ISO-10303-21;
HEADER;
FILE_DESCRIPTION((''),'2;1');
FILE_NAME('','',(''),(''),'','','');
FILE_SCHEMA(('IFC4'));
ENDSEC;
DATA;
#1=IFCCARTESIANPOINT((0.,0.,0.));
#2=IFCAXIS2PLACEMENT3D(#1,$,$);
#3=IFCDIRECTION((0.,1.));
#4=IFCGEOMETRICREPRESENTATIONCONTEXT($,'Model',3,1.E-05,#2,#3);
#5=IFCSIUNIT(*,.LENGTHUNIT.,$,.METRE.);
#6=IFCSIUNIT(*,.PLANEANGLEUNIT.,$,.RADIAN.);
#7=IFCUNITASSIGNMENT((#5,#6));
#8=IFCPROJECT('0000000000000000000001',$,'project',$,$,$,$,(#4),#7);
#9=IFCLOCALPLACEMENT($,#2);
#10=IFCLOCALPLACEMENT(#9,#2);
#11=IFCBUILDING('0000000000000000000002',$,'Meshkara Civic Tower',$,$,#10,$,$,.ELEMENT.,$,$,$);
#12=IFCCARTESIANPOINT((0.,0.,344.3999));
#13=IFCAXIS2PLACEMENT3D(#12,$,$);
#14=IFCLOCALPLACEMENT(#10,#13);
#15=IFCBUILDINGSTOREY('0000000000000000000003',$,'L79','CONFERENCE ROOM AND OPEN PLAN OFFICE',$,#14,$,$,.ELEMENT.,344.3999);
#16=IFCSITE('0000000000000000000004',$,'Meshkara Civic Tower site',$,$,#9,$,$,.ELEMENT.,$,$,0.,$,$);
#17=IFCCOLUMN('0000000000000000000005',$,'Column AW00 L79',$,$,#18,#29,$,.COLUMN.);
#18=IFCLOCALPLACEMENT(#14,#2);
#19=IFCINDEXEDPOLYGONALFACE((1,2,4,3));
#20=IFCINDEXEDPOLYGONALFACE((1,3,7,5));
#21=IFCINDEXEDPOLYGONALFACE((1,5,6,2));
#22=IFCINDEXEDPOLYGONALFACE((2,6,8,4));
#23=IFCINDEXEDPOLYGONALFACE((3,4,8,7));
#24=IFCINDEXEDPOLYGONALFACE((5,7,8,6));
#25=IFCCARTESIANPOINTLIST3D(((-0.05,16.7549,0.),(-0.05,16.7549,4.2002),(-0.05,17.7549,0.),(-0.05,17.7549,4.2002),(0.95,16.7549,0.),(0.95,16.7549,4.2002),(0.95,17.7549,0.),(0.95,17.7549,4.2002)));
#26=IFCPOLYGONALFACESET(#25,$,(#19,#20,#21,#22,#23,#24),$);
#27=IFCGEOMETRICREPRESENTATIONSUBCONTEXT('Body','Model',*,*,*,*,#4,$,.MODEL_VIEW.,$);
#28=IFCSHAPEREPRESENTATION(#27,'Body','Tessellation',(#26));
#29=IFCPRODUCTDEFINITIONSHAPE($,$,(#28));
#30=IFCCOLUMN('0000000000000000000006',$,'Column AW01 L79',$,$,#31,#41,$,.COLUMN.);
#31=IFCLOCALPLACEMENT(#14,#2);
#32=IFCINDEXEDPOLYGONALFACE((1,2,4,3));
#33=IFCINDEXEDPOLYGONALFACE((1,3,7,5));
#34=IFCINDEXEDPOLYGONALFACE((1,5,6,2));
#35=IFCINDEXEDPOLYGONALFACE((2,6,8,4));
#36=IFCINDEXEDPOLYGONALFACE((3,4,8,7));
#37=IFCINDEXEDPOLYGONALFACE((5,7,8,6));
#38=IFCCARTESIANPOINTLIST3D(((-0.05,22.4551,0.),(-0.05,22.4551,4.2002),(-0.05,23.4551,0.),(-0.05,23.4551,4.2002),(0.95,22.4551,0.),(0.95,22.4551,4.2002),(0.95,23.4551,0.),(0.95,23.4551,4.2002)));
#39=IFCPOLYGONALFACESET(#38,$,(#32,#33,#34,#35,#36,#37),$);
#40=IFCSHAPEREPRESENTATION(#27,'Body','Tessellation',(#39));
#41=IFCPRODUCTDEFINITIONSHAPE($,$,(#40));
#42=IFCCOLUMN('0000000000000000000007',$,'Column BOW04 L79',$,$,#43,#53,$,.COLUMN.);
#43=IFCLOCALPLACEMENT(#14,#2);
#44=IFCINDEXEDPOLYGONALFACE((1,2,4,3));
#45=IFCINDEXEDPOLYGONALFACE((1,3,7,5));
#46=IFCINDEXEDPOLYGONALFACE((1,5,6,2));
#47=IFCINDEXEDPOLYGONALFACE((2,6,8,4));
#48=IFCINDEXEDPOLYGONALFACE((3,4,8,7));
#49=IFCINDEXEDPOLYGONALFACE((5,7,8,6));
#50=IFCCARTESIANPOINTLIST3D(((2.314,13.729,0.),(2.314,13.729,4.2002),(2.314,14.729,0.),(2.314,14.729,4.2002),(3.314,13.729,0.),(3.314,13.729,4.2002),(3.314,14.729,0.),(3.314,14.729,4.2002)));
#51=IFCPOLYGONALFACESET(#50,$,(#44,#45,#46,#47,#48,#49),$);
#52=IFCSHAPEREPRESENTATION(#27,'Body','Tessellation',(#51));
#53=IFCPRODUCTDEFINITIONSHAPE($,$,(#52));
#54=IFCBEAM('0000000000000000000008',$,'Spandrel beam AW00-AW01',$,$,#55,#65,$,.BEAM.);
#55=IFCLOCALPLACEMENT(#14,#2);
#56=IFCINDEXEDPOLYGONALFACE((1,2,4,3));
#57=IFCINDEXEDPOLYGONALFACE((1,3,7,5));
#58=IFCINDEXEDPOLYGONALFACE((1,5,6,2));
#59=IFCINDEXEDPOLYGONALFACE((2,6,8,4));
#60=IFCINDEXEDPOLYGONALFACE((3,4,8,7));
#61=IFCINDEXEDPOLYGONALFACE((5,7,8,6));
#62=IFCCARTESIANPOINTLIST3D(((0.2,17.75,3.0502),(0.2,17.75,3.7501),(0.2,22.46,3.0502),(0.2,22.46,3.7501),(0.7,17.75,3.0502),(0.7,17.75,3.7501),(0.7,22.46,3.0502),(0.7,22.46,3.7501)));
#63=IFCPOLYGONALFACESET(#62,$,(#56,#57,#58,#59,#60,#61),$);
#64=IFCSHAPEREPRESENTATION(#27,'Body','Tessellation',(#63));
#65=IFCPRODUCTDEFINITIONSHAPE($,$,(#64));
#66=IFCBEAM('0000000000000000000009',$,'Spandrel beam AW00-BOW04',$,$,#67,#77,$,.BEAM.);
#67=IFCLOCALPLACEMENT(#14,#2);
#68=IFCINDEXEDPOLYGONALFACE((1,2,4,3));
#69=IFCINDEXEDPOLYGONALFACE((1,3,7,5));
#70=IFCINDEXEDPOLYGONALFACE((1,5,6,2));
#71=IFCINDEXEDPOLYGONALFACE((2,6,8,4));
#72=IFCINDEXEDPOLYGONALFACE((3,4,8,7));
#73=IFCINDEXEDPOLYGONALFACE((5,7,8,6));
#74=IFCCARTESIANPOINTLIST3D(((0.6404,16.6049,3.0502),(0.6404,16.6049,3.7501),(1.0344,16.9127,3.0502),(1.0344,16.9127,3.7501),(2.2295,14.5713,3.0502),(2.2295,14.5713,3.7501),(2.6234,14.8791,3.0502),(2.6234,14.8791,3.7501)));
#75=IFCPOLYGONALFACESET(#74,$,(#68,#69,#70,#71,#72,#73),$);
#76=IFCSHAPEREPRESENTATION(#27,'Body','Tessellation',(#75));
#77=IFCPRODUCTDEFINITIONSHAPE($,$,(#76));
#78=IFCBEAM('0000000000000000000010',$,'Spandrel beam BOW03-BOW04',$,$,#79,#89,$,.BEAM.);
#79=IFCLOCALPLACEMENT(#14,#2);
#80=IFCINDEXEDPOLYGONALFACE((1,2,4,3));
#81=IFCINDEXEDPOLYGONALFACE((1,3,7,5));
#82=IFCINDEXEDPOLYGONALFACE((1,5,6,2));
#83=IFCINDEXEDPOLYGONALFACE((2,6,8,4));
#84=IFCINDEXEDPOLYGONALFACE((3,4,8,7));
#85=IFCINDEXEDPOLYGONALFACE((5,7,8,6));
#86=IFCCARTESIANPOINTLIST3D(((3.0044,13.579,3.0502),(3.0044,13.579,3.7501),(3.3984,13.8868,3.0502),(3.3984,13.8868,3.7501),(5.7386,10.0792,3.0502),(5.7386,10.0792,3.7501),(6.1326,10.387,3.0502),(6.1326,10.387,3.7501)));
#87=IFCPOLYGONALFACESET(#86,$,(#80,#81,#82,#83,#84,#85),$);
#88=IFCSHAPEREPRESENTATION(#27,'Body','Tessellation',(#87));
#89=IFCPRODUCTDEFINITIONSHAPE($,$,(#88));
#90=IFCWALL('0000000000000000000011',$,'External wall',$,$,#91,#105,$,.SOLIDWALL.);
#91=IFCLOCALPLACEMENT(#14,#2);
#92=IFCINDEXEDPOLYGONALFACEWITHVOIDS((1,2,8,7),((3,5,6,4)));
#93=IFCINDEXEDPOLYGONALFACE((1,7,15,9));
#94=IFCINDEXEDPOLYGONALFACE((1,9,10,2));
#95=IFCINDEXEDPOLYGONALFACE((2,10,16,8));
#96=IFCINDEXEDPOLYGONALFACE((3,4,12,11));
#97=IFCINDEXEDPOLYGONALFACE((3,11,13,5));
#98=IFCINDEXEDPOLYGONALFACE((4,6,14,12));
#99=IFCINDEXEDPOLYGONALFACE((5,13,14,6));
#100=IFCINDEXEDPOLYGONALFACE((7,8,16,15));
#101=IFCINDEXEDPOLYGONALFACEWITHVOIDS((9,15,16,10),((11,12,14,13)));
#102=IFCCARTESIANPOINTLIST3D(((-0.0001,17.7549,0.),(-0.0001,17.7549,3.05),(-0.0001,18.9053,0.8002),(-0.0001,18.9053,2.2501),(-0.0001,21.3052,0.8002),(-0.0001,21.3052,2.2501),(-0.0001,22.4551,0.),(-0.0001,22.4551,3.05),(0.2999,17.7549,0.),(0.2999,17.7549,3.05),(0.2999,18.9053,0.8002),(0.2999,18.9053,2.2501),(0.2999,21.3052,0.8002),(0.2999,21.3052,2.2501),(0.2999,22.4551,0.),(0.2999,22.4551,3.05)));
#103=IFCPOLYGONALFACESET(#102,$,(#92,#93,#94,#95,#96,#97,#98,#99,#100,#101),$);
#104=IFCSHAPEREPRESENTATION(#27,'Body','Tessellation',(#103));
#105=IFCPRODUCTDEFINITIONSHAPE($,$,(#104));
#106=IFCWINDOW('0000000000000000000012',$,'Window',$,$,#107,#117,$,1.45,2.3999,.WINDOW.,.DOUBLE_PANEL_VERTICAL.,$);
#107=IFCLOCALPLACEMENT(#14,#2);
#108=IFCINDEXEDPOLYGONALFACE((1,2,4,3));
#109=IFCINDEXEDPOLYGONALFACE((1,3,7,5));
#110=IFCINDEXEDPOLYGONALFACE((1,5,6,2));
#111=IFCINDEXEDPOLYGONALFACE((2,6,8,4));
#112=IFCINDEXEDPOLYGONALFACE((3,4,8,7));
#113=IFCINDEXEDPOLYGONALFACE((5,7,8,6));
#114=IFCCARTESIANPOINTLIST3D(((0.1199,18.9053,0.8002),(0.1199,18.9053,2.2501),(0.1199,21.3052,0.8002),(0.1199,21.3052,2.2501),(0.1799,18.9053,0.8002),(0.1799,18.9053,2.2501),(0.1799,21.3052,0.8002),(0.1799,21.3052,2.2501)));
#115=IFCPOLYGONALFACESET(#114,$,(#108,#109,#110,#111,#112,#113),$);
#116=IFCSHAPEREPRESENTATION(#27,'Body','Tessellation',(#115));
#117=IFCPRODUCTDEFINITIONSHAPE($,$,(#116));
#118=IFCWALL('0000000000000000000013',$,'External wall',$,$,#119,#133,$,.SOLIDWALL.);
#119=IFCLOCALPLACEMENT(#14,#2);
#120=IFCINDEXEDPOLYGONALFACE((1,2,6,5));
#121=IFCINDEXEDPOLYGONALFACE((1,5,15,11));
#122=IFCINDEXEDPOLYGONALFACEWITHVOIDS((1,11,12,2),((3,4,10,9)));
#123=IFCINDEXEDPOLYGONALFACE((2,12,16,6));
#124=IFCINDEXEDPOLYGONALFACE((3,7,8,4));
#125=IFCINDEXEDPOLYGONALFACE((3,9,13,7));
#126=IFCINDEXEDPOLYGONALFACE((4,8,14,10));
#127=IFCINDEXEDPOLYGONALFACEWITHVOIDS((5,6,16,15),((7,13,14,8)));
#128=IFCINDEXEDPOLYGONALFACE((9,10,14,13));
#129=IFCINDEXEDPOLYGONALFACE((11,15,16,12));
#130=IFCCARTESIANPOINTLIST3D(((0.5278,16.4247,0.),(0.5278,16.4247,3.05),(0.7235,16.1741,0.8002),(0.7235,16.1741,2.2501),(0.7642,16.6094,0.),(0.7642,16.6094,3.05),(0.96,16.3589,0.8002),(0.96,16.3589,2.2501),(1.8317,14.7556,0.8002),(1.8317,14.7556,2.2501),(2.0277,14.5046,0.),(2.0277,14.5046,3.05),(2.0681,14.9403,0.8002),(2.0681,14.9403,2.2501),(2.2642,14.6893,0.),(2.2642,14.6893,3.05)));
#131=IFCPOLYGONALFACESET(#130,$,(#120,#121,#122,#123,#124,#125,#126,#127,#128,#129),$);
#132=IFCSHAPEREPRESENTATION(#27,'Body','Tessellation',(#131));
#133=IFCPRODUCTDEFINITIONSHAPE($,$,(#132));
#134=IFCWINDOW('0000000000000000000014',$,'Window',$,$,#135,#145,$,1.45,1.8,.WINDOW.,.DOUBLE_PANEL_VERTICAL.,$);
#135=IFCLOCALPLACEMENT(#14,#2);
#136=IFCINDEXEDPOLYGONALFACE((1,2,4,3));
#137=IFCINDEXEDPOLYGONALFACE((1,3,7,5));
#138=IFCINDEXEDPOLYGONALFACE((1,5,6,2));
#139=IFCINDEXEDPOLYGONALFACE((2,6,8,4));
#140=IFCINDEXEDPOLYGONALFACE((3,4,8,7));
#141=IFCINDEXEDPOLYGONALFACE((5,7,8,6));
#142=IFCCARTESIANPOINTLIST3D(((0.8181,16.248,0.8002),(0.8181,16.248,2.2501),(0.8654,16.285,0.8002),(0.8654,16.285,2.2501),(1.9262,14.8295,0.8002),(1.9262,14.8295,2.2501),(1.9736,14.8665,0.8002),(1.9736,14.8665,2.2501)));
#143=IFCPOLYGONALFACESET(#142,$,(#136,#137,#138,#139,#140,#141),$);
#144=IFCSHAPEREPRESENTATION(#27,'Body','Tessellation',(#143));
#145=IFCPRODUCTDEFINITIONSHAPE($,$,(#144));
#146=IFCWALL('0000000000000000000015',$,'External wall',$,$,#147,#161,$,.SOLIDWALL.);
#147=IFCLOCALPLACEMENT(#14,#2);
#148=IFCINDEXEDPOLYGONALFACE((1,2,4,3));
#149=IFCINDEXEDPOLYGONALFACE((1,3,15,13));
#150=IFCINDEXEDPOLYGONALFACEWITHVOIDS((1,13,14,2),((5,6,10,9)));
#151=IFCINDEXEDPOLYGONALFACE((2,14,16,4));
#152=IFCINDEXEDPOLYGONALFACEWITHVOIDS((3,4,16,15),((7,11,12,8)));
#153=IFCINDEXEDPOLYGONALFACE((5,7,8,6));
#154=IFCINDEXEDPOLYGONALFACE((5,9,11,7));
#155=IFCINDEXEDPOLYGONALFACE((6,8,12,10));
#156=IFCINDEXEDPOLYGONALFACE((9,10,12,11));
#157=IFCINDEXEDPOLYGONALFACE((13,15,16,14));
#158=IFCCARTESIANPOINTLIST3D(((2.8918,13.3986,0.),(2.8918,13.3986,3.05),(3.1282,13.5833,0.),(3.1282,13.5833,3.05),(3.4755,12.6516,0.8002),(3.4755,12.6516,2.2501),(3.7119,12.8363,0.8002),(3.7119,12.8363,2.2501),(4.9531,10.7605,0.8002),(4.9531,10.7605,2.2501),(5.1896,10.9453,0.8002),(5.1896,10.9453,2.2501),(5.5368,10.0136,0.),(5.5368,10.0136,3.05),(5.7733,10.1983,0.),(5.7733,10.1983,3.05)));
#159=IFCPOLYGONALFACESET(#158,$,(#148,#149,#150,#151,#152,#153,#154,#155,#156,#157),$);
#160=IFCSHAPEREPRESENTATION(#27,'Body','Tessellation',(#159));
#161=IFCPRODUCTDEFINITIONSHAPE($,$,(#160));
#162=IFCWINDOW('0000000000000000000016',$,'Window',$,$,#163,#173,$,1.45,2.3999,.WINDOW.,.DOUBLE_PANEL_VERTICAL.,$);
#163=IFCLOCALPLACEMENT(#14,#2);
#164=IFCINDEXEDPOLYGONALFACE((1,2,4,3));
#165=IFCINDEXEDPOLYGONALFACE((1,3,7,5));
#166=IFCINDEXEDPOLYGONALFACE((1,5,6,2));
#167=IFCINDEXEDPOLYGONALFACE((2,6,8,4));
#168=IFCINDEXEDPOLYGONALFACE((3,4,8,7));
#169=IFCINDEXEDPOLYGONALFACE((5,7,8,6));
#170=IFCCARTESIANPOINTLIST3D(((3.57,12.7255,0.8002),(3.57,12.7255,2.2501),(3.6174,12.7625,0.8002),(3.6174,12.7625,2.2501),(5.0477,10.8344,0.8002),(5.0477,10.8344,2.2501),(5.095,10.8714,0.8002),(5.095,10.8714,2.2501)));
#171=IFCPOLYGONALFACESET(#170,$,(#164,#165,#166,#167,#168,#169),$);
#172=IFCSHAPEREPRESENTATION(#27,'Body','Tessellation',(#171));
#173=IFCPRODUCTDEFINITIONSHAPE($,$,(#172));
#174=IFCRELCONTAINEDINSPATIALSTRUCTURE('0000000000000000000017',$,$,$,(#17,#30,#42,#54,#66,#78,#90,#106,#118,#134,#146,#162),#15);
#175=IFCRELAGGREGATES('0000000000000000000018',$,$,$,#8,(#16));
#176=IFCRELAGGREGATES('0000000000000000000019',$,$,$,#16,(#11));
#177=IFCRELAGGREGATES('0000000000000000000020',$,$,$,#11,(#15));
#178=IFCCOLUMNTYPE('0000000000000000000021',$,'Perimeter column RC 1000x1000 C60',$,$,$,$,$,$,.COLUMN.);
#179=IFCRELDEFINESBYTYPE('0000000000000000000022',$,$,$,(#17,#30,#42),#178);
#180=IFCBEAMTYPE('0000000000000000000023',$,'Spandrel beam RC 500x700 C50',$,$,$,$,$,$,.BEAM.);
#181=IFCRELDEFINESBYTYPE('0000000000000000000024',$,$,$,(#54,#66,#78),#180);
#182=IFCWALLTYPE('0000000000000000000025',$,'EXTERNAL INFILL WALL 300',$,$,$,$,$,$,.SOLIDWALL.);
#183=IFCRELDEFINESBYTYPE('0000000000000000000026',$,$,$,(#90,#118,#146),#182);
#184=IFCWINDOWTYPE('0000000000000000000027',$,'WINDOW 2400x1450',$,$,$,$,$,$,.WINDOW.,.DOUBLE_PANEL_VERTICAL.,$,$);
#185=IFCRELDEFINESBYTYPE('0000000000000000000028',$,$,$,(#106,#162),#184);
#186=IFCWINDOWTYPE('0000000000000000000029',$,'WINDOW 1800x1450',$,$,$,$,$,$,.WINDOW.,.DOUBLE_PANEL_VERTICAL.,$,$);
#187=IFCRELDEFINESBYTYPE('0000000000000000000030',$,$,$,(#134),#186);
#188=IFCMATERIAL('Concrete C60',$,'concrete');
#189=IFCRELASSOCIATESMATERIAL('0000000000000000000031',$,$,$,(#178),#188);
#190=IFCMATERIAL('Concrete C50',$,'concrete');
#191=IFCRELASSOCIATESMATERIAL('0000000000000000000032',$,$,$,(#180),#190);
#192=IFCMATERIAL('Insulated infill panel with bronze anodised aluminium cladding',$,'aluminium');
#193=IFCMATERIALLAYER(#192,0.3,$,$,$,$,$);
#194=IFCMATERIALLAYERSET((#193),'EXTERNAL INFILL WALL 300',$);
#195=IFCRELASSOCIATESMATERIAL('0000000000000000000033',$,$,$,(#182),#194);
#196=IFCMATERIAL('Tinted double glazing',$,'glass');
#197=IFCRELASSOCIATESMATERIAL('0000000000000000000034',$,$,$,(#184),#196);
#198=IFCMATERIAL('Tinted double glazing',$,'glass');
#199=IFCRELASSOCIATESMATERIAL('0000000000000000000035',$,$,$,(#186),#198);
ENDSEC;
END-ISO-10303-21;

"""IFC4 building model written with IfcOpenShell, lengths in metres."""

from ifc_helpers import new_model, si_unit, direction, frame, frame_2d, origin, origin_2d, place, context, subcontext, project, spatial, rectangle, extrude, material, layer, layer_set, material_profile, profile_set, type_object, element, fill, save


model = new_model("IFC4")

# Units and contexts
model_context = context("Model", 3, precision=1e-05, world=origin(), true_north=direction((0.0, 1.0)))
body_context = subcontext(model_context, "Body", "Model", "MODEL_VIEW")
ifc_project = project(units=[si_unit("LENGTHUNIT", "METRE"), si_unit("PLANEANGLEUNIT", "RADIAN")], contexts=[model_context])

# Site, building, storey
site_placement = place(None, origin())
site = spatial("IfcSite", under=ifc_project, at=site_placement, Name="Meshkara Civic Tower site", CompositionType="ELEMENT", RefElevation=0.0)
building_placement = place(site_placement, origin())
building = spatial("IfcBuilding", under=site, at=building_placement, Name="Meshkara Civic Tower", CompositionType="ELEMENT")
storey_placement = place(building_placement, frame((0.0, 0.0, 344.3999)))
storey = spatial("IfcBuildingStorey", under=building, at=storey_placement, Name="L79", Description="CONFERENCE ROOM AND OPEN PLAN OFFICE", CompositionType="ELEMENT", Elevation=344.3999)

# Columns
ifc_material_1 = material(Name="Concrete C60", Category="concrete")
ifc_material_profile_1 = material_profile(ifc_material_1, rectangle(XDim=1.0, YDim=1.0, at=origin_2d()))
ifc_profile_set_1 = profile_set([ifc_material_profile_1], Name="Concrete C60")
column_type = type_object("IfcColumnType", Name="Perimeter column RC 1000x1000 C60", PredefinedType="COLUMN", material=ifc_profile_set_1)
for number, where, z_axis, x_axis, name in (
    (1, (0.45, 17.2549, 0.0), (0.0, 0.0, 1.0), (1.0, 0.0, 0.0), "Column AW00 L79"),
    (2, (0.45, 22.9551, 0.0), (0.0, 0.0, 1.0), (1.0, 0.0, 0.0), "Column AW01 L79"),
    (3, (2.814, 14.229, 0.0), (0.0, 0.0, 1.0), (1.0, 0.0, 0.0), "Column BOW04 L79"),
):
    element("IfcColumn", number, at=place(storey_placement, frame(where, z_axis=z_axis, x_axis=x_axis)), inside=storey, type_object=column_type, Name=name, PredefinedType="COLUMN", context=body_context, shape_type="SweptSolid", body=[
        extrude(rectangle(XDim=1.0, YDim=1.0, at=origin_2d()), origin(), (0.0, 0.0, 1.0), 4.2002),
    ])

# Beams
ifc_material_2 = material(Name="Concrete C50", Category="concrete")
ifc_material_profile_2 = material_profile(ifc_material_2, rectangle(XDim=0.5, YDim=0.7, at=origin_2d()))
ifc_profile_set_2 = profile_set([ifc_material_profile_2], Name="Concrete C50")
beam_type = type_object("IfcBeamType", Name="Spandrel beam RC 500x700 C50", PredefinedType="BEAM", material=ifc_profile_set_2)
beam_1_placement = place(storey_placement, frame((0.45, 22.46, 3.4001), z_axis=(0.0, -1.0, 0.0), x_axis=(1.0, 0.0, 0.0)))
element("IfcBeam", 4, at=beam_1_placement, inside=storey, type_object=beam_type, Name="Spandrel beam AW00-AW01", PredefinedType="BEAM", context=body_context, shape_type="SweptSolid", body=[
    extrude(rectangle(XDim=0.5, YDim=0.7, at=origin_2d()), origin(), (0.0, 0.0, 1.0), 4.71),
])
beam_2_placement = place(storey_placement, frame((0.8374, 16.7588, 3.4001), z_axis=(0.615714, -0.78797, 0.0), x_axis=(0.78797, 0.615714, 0.0)))
element("IfcBeam", 5, at=beam_2_placement, inside=storey, type_object=beam_type, Name="Spandrel beam AW00-BOW04", PredefinedType="BEAM", context=body_context, shape_type="SweptSolid", body=[
    extrude(rectangle(XDim=0.5, YDim=0.7, at=origin_2d()), origin(), (0.0, 0.0, 1.0), 2.5808),
])
beam_3_placement = place(storey_placement, frame((3.2014, 13.7329, 3.4001), z_axis=(0.615637, -0.78803, 0.0), x_axis=(0.78803, 0.615637, 0.0)))
element("IfcBeam", 6, at=beam_3_placement, inside=storey, type_object=beam_type, Name="Spandrel beam BOW03-BOW04", PredefinedType="BEAM", context=body_context, shape_type="SweptSolid", body=[
    extrude(rectangle(XDim=0.5, YDim=0.7, at=origin_2d()), origin(), (0.0, 0.0, 1.0), 4.4412),
])

# Walls, openings, windows
ifc_material_3 = material(Name="Insulated infill panel with bronze anodised aluminium cladding", Category="aluminium")
ifc_layer = layer(ifc_material_3, 0.3)
ifc_layer_set = layer_set([ifc_layer], Name="EXTERNAL INFILL WALL 300")
wall_type = type_object("IfcWallType", Name="EXTERNAL INFILL WALL 300", PredefinedType="SOLIDWALL", material=ifc_layer_set)
wall_1_placement = place(storey_placement, frame((0.1499, 22.4551, 0.0), z_axis=(0.0, 0.0, 1.0), x_axis=(0.0, -1.0, 0.0)))
wall_1 = element("IfcWall", 7, at=wall_1_placement, inside=storey, type_object=wall_type, Name="External wall", PredefinedType="SOLIDWALL", context=body_context, shape_type="SweptSolid", body=[
    extrude(rectangle(XDim=4.7002, YDim=0.3, at=frame_2d((2.3501, 0.0))), origin(), (0.0, 0.0, 1.0), 3.05),
])
opening_1_placement = place(wall_1_placement, frame((1.1499, 0.0, 0.8)))
opening_1 = element("IfcOpeningElement", 8, at=opening_1_placement, cuts=wall_1, PredefinedType="OPENING", context=body_context, shape_type="SweptSolid", body=[
    extrude(rectangle(XDim=2.3999, YDim=1.45, at=frame_2d((1.2, 0.7251))), frame((0.0, 0.1599, 0.0), z_axis=(0.0, -1.0, 0.0), x_axis=(1.0, 0.0, 0.0)), (0.0, 0.0, 1.0), 0.3201),
])
ifc_material_4 = material(Name="Tinted double glazing", Category="glass")
window_type_1 = type_object("IfcWindowType", Name="WINDOW 2400x1450", PartitioningType="DOUBLE_PANEL_VERTICAL", PredefinedType="WINDOW", material=ifc_material_4)
window_1_placement = place(opening_1_placement, origin())
window_1 = element("IfcWindow", 9, at=window_1_placement, inside=storey, type_object=window_type_1, Name="Window", OverallHeight=1.45, OverallWidth=2.3999, PartitioningType="DOUBLE_PANEL_VERTICAL", PredefinedType="WINDOW", context=body_context, shape_type="SweptSolid", body=[
    extrude(rectangle(XDim=2.3999, YDim=1.45, at=frame_2d((1.2, 0.7251))), frame((0.0, 0.03, 0.0), z_axis=(0.0, -1.0, 0.0), x_axis=(1.0, 0.0, 0.0)), (0.0, 0.0, 1.0), 0.0601),
])
fill(opening_1, window_1)
wall_2_placement = place(storey_placement, frame((0.646, 16.5171, 0.0), z_axis=(0.0, 0.0, 1.0), x_axis=(0.615611, -0.78805, 0.0)))
wall_2 = element("IfcWall", 10, at=wall_2_placement, inside=storey, type_object=wall_type, Name="External wall", PredefinedType="SOLIDWALL", context=body_context, shape_type="SweptSolid", body=[
    extrude(rectangle(XDim=2.4365, YDim=0.3, at=frame_2d((1.2183, 0.0))), origin(), (0.0, 0.0, 1.0), 3.05),
])
opening_2_placement = place(wall_2_placement, frame((0.3181, 0.0, 0.8)))
opening_2 = element("IfcOpeningElement", 11, at=opening_2_placement, cuts=wall_2, PredefinedType="OPENING", context=body_context, shape_type="SweptSolid", body=[
    extrude(rectangle(XDim=1.8, YDim=1.45, at=frame_2d((0.8999, 0.7251))), frame((0.0, 0.1599, 0.0), z_axis=(0.0, -1.0, 0.0), x_axis=(1.0, 0.0, 0.0)), (0.0, 0.0, 1.0), 0.3201),
])
ifc_material_5 = material(Name="Tinted double glazing", Category="glass")
window_type_2 = type_object("IfcWindowType", Name="WINDOW 1800x1450", PartitioningType="DOUBLE_PANEL_VERTICAL", PredefinedType="WINDOW", material=ifc_material_5)
window_2_placement = place(opening_2_placement, origin())
window_2 = element("IfcWindow", 12, at=window_2_placement, inside=storey, type_object=window_type_2, Name="Window", OverallHeight=1.45, OverallWidth=1.8, PartitioningType="DOUBLE_PANEL_VERTICAL", PredefinedType="WINDOW", context=body_context, shape_type="SweptSolid", body=[
    extrude(rectangle(XDim=1.8, YDim=1.45, at=frame_2d((0.8999, 0.7251))), frame((0.0, 0.03, 0.0), z_axis=(0.0, -1.0, 0.0), x_axis=(1.0, 0.0, 0.0)), (0.0, 0.0, 1.0), 0.0601),
])
fill(opening_2, window_2)
wall_3_placement = place(storey_placement, frame((3.01, 13.491, 0.0), z_axis=(0.0, 0.0, 1.0), x_axis=(0.615714, -0.78797, 0.0)))
wall_3 = element("IfcWall", 13, at=wall_3_placement, inside=storey, type_object=wall_type, Name="External wall", PredefinedType="SOLIDWALL", context=body_context, shape_type="SweptSolid", body=[
    extrude(rectangle(XDim=4.2959, YDim=0.3, at=frame_2d((2.1479, 0.0))), origin(), (0.0, 0.0, 1.0), 3.05),
])
opening_3_placement = place(wall_3_placement, frame((0.948, 0.0, 0.8)))
opening_3 = element("IfcOpeningElement", 14, at=opening_3_placement, cuts=wall_3, PredefinedType="OPENING", context=body_context, shape_type="SweptSolid", body=[
    extrude(rectangle(XDim=2.3999, YDim=1.45, at=frame_2d((1.2, 0.7251))), frame((0.0, 0.1599, 0.0), z_axis=(0.0, -1.0, 0.0), x_axis=(1.0, 0.0, 0.0)), (0.0, 0.0, 1.0), 0.3201),
])
window_3_placement = place(opening_3_placement, origin())
window_3 = element("IfcWindow", 15, at=window_3_placement, inside=storey, type_object=window_type_1, Name="Window", OverallHeight=1.45, OverallWidth=2.3999, PartitioningType="DOUBLE_PANEL_VERTICAL", PredefinedType="WINDOW", context=body_context, shape_type="SweptSolid", body=[
    extrude(rectangle(XDim=2.3999, YDim=1.45, at=frame_2d((1.2, 0.7251))), frame((0.0, 0.03, 0.0), z_axis=(0.0, -1.0, 0.0), x_axis=(1.0, 0.0, 0.0)), (0.0, 0.0, 1.0), 0.0601),
])
fill(opening_3, window_3)

save(model, "model.ifc")
